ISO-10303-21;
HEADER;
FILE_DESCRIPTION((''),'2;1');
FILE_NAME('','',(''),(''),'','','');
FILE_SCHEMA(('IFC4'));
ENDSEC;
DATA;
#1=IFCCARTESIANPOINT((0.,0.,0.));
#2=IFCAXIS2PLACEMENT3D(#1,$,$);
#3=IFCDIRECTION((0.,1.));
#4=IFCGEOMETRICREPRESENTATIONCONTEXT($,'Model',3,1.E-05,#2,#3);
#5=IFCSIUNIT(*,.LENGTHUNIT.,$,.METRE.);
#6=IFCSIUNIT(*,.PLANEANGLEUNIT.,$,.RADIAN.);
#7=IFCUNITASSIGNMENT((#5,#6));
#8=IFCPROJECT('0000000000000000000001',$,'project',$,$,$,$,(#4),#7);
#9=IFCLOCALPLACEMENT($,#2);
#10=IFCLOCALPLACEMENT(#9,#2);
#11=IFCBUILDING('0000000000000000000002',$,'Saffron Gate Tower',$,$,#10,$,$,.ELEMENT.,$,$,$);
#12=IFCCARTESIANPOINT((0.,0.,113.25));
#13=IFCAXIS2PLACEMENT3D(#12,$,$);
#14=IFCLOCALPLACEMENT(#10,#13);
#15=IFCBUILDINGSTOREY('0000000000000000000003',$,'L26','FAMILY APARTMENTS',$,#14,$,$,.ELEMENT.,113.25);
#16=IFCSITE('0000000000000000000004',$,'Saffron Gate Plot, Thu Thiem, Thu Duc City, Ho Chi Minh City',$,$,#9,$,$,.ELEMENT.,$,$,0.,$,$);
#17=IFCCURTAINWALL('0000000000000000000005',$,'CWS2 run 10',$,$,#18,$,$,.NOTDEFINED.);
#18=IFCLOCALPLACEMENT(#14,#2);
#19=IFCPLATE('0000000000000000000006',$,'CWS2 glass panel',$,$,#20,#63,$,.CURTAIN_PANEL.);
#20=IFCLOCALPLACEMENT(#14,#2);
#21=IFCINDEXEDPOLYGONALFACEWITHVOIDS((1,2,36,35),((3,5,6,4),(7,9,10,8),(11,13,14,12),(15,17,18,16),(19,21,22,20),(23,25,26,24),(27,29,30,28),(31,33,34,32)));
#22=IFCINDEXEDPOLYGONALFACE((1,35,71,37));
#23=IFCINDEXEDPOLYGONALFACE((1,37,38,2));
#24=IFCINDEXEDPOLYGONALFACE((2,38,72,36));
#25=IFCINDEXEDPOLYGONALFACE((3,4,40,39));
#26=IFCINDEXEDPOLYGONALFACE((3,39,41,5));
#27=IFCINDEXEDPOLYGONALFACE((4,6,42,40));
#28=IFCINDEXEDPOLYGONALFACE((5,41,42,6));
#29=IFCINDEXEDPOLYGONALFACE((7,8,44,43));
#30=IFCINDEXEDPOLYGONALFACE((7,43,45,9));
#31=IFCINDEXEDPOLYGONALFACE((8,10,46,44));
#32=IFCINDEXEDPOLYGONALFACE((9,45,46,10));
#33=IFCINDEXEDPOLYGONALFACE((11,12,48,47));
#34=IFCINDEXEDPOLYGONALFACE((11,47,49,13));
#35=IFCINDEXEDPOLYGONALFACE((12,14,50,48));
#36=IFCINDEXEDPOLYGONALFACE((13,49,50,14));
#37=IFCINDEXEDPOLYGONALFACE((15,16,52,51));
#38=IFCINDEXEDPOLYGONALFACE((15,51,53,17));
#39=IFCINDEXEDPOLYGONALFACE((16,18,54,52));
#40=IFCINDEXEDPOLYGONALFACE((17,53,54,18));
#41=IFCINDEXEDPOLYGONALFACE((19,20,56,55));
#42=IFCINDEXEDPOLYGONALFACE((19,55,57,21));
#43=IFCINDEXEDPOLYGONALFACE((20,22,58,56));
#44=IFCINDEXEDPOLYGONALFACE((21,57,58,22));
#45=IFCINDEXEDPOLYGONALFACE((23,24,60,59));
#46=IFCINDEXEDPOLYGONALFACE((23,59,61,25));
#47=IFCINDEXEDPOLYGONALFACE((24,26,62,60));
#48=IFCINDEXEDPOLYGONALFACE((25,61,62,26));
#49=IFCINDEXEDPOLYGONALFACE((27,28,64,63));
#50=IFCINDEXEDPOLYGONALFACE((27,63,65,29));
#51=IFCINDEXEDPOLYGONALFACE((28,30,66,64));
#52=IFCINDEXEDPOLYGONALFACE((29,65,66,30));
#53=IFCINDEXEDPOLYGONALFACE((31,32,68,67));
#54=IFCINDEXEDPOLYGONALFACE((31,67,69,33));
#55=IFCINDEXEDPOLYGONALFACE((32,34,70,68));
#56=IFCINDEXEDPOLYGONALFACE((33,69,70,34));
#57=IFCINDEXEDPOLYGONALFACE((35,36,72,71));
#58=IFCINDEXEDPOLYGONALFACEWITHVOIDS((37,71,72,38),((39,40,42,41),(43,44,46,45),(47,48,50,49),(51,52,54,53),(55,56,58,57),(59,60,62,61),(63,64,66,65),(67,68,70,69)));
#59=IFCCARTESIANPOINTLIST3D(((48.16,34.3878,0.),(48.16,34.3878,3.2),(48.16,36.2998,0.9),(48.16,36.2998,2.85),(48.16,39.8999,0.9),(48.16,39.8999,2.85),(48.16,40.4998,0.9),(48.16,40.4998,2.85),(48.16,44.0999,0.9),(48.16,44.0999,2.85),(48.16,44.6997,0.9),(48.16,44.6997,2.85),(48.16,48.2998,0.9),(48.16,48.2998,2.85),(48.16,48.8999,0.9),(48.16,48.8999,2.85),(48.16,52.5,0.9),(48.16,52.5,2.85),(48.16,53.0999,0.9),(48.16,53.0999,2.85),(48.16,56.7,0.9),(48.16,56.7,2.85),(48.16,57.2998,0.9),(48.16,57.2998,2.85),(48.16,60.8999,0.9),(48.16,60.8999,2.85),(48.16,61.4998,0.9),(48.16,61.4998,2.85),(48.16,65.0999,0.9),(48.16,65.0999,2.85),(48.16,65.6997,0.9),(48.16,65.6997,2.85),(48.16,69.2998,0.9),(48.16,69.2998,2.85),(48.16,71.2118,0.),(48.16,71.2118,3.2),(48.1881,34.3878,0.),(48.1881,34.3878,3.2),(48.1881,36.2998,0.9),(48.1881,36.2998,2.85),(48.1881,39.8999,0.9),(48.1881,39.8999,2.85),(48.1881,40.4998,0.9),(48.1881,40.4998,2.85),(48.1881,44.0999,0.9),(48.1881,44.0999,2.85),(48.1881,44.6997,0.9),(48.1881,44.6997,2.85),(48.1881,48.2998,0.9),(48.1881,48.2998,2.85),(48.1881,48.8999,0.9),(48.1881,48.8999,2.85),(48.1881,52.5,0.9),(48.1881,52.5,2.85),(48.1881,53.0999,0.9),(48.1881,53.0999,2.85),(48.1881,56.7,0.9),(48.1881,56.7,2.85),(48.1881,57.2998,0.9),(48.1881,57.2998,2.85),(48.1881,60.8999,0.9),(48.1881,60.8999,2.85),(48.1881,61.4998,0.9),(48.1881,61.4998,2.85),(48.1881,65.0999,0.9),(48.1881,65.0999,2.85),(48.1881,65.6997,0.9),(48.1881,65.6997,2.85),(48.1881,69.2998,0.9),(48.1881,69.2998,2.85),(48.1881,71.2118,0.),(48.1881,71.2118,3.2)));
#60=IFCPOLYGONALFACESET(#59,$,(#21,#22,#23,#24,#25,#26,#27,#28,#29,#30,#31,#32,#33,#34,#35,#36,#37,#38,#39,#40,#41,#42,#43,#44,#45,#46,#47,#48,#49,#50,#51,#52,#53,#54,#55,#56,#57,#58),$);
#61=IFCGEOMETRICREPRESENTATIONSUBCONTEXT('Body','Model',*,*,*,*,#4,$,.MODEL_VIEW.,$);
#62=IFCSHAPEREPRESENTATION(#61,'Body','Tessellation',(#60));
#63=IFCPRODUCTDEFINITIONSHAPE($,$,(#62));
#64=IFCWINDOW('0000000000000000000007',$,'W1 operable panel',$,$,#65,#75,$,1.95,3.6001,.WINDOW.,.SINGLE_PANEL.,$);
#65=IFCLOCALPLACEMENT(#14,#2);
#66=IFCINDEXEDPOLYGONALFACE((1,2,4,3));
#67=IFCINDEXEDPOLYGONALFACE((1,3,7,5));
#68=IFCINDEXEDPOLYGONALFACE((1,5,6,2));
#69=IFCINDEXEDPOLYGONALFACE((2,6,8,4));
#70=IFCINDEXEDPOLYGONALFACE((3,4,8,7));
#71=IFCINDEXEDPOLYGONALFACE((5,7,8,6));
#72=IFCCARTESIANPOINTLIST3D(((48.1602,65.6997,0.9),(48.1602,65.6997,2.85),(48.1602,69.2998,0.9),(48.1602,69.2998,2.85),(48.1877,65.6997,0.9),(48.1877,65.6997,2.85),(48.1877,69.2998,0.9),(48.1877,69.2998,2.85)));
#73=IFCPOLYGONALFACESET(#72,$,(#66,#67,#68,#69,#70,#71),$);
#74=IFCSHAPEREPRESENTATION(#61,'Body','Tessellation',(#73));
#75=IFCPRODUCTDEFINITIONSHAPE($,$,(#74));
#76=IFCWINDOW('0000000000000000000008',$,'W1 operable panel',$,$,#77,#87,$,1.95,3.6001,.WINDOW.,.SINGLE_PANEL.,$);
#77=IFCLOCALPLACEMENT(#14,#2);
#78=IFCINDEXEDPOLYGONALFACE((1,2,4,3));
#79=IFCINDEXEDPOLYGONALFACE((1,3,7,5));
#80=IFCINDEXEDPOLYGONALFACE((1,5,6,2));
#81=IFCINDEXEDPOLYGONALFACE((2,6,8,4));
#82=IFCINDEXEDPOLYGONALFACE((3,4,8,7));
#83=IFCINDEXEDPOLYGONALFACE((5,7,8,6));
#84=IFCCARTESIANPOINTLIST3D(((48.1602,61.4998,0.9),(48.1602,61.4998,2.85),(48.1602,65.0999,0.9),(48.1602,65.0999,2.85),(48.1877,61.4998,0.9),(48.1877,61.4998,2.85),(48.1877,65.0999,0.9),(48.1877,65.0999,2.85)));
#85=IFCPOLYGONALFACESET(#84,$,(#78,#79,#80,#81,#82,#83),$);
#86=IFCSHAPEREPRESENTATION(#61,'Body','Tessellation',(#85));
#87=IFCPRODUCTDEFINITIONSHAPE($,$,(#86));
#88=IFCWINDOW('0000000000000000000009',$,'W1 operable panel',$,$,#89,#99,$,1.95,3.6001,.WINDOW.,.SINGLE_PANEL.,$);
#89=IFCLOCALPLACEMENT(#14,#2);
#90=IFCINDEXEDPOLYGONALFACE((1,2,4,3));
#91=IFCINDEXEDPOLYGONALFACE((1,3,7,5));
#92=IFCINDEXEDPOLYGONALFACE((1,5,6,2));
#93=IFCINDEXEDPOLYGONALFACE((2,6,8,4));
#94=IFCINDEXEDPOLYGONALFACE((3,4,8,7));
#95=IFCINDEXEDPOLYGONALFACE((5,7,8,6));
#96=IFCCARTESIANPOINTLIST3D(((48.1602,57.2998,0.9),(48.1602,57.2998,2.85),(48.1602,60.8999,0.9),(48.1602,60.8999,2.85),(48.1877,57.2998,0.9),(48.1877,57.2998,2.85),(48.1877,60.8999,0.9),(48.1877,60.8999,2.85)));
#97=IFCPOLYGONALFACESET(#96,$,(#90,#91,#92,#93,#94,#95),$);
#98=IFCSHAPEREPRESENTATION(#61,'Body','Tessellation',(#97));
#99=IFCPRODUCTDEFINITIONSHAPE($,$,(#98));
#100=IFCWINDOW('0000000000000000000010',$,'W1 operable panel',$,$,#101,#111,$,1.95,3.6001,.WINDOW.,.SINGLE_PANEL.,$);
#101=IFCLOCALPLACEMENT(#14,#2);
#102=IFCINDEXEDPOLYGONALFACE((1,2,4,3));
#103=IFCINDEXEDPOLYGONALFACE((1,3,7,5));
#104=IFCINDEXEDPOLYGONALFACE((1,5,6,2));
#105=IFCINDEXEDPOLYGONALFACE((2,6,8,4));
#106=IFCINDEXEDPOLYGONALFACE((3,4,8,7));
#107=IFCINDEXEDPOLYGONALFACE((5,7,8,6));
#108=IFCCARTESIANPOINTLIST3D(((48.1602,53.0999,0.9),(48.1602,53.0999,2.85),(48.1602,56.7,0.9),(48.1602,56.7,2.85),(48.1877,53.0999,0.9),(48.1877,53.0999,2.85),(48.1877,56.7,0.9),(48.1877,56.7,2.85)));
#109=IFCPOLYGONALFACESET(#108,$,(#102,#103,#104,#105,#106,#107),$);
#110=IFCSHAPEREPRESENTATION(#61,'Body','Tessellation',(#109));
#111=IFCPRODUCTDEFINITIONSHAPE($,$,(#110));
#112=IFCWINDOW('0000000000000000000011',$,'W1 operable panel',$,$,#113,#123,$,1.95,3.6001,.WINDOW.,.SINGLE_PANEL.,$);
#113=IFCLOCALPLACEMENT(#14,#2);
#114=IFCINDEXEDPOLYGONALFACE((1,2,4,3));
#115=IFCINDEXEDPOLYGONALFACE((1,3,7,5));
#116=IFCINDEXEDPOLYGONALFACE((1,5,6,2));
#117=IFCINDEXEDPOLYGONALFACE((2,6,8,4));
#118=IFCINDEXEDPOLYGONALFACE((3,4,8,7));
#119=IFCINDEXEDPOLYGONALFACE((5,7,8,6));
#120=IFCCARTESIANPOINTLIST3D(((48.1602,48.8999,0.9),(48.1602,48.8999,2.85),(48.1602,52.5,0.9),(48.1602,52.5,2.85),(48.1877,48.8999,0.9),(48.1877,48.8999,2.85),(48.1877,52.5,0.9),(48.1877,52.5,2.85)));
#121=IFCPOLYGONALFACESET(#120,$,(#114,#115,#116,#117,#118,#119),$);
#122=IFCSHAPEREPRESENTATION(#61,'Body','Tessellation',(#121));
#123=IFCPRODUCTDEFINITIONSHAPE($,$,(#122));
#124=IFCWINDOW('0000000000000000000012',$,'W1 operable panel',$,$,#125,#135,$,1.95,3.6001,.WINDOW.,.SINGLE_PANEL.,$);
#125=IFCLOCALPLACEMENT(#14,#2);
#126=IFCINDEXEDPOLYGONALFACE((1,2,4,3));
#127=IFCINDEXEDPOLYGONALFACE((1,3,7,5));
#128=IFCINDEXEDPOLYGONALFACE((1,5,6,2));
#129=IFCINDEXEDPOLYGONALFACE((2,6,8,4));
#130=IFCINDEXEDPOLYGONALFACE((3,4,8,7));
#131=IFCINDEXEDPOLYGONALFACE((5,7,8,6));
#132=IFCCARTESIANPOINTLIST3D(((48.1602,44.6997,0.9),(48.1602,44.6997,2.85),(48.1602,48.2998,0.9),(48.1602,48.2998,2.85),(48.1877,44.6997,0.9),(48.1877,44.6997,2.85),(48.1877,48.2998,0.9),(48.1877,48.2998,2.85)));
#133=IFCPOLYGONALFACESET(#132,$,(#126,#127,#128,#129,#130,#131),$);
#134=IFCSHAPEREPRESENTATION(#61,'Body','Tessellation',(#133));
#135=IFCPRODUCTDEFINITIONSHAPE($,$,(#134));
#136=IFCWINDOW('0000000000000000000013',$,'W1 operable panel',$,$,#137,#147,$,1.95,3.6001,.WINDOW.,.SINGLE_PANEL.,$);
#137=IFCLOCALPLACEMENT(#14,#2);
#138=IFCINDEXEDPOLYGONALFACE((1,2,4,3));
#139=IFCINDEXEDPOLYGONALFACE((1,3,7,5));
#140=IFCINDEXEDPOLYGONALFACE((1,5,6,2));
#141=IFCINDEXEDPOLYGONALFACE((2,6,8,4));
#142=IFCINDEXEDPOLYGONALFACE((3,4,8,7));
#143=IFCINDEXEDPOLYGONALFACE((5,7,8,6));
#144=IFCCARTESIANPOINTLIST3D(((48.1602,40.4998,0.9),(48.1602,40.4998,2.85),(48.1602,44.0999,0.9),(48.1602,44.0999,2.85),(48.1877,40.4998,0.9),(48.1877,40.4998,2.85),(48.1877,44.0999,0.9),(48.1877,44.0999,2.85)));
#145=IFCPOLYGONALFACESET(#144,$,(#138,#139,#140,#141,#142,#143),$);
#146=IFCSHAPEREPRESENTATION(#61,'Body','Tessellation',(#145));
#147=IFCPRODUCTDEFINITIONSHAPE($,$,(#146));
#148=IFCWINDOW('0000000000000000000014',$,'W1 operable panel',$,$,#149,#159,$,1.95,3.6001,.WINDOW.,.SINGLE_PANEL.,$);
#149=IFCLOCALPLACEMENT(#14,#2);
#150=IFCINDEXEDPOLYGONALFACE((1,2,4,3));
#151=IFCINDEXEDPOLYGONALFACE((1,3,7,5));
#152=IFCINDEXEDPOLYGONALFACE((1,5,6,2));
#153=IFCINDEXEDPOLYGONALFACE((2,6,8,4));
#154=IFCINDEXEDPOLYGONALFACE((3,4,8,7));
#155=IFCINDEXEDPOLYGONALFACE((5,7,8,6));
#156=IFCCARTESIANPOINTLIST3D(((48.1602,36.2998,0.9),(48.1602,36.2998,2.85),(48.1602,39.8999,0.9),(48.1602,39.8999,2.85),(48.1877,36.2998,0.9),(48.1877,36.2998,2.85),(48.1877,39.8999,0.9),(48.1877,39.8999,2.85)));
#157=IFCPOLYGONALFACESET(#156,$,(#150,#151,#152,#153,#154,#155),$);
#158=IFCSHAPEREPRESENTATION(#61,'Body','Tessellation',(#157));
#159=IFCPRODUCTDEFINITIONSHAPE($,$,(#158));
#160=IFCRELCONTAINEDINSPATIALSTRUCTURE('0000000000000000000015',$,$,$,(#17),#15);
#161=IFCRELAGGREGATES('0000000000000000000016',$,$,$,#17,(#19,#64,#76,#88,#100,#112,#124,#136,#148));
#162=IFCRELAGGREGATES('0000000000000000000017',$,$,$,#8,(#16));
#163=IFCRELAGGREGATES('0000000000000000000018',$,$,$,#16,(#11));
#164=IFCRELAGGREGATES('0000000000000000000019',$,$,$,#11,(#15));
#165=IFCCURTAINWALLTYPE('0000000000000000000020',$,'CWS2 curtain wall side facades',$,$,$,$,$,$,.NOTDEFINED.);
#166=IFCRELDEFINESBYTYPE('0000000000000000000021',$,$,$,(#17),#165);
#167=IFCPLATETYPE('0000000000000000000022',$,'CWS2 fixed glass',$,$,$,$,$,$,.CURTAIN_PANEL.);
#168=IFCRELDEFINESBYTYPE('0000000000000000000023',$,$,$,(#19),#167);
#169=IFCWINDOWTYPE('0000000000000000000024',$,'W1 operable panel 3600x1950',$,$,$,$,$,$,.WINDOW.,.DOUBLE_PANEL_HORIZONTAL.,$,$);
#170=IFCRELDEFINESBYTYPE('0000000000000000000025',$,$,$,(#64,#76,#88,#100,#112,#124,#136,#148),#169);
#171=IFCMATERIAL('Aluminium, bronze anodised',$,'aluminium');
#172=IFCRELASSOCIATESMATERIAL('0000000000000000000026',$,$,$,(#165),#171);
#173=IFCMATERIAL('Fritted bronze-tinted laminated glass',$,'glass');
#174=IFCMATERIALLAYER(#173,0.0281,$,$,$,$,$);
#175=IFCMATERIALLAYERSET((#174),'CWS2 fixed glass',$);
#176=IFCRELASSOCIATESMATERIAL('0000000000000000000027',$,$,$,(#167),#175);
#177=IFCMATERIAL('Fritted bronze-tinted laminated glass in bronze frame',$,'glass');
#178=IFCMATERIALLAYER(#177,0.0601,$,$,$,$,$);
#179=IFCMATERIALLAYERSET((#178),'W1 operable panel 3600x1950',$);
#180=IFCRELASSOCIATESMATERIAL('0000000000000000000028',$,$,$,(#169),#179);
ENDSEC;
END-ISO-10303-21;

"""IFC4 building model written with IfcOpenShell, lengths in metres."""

from ifc_helpers import new_model, si_unit, direction, frame, frame_2d, origin, place, context, subcontext, project, spatial, rectangle, extrude, material, layer, layer_set, type_object, element, fill, aggregate, save


model = new_model("IFC4")

# Units and contexts
model_context = context("Model", 3, precision=1e-05, world=origin(), true_north=direction((0.0, 1.0)))
body_context = subcontext(model_context, "Body", "Model", "MODEL_VIEW")
ifc_project = project(units=[si_unit("LENGTHUNIT", "METRE"), si_unit("PLANEANGLEUNIT", "RADIAN")], contexts=[model_context])

# Site, building, storey
site_placement = place(None, origin())
site = spatial("IfcSite", under=ifc_project, at=site_placement, Name="Saffron Gate Plot, Thu Thiem, Thu Duc City, Ho Chi Minh City", CompositionType="ELEMENT", RefElevation=0.0)
building_placement = place(site_placement, origin())
building = spatial("IfcBuilding", under=site, at=building_placement, Name="Saffron Gate Tower", CompositionType="ELEMENT")
storey_placement = place(building_placement, frame((0.0, 0.0, 113.25)))
storey = spatial("IfcBuildingStorey", under=building, at=storey_placement, Name="L26", Description="FAMILY APARTMENTS", CompositionType="ELEMENT", Elevation=113.25)

# Curtain wall
ifc_material_1 = material(Name="Aluminium, bronze anodised", Category="aluminium")
curtain_wall_type_1 = type_object("IfcCurtainWallType", Name="CWS2 curtain wall side facades", PredefinedType="NOTDEFINED", material=ifc_material_1)
curtain_wall_1_placement = place(storey_placement, origin())
curtain_wall_1 = element("IfcCurtainWall", 1, at=curtain_wall_1_placement, inside=storey, type_object=curtain_wall_type_1, Name="CWS2 run 10", PredefinedType="NOTDEFINED")

# Plate, openings, windows
ifc_material_2 = material(Name="Fritted bronze-tinted laminated glass", Category="glass")
ifc_layer_1 = layer(ifc_material_2, 0.0281)
ifc_layer_set_1 = layer_set([ifc_layer_1], Name="CWS2 fixed glass")
plate_type_1 = type_object("IfcPlateType", Name="CWS2 fixed glass", PredefinedType="CURTAIN_PANEL", material=ifc_layer_set_1)
plate_1_placement = place(storey_placement, frame((48.1741, 71.2119, 0.0), z_axis=(0.0, 0.0, 1.0), x_axis=(0.0, -1.0, 0.0)))
plate_1 = element("IfcPlate", 2, at=plate_1_placement, type_object=plate_type_1, Name="CWS2 glass panel", PredefinedType="CURTAIN_PANEL", context=body_context, shape_type="SweptSolid", body=[
    extrude(rectangle(XDim=36.824, YDim=0.0281, at=frame_2d((18.4121, 0.0))), origin(), (0.0, 0.0, 1.0), 3.2),
])
opening_1_placement = place(plate_1_placement, frame((1.9121, 0.0, 0.8999)))
opening_1 = element("IfcOpeningElement", 3, at=opening_1_placement, cuts=plate_1, PredefinedType="OPENING", context=body_context, shape_type="SweptSolid", body=[
    extrude(rectangle(XDim=3.6001, YDim=1.95, at=frame_2d((1.8, 0.9751))), frame((0.0, 0.0239, 0.0), z_axis=(0.0, -1.0, 0.0), x_axis=(1.0, 0.0, 0.0)), (0.0, 0.0, 1.0), 0.0481),
])
opening_2_placement = place(plate_1_placement, frame((6.1121, 0.0, 0.8999)))
opening_2 = element("IfcOpeningElement", 4, at=opening_2_placement, cuts=plate_1, PredefinedType="OPENING", context=body_context, shape_type="SweptSolid", body=[
    extrude(rectangle(XDim=3.6001, YDim=1.95, at=frame_2d((1.8, 0.9751))), frame((0.0, 0.0239, 0.0), z_axis=(0.0, -1.0, 0.0), x_axis=(1.0, 0.0, 0.0)), (0.0, 0.0, 1.0), 0.0481),
])
opening_3_placement = place(plate_1_placement, frame((10.312, 0.0, 0.8999)))
opening_3 = element("IfcOpeningElement", 5, at=opening_3_placement, cuts=plate_1, PredefinedType="OPENING", context=body_context, shape_type="SweptSolid", body=[
    extrude(rectangle(XDim=3.6001, YDim=1.95, at=frame_2d((1.8, 0.9751))), frame((0.0, 0.0239, 0.0), z_axis=(0.0, -1.0, 0.0), x_axis=(1.0, 0.0, 0.0)), (0.0, 0.0, 1.0), 0.0481),
])
opening_4_placement = place(plate_1_placement, frame((14.512, 0.0, 0.8999)))
opening_4 = element("IfcOpeningElement", 6, at=opening_4_placement, cuts=plate_1, PredefinedType="OPENING", context=body_context, shape_type="SweptSolid", body=[
    extrude(rectangle(XDim=3.6001, YDim=1.95, at=frame_2d((1.8, 0.9751))), frame((0.0, 0.0239, 0.0), z_axis=(0.0, -1.0, 0.0), x_axis=(1.0, 0.0, 0.0)), (0.0, 0.0, 1.0), 0.0481),
])
opening_5_placement = place(plate_1_placement, frame((18.7119, 0.0, 0.8999)))
opening_5 = element("IfcOpeningElement", 7, at=opening_5_placement, cuts=plate_1, PredefinedType="OPENING", context=body_context, shape_type="SweptSolid", body=[
    extrude(rectangle(XDim=3.6001, YDim=1.95, at=frame_2d((1.8, 0.9751))), frame((0.0, 0.0239, 0.0), z_axis=(0.0, -1.0, 0.0), x_axis=(1.0, 0.0, 0.0)), (0.0, 0.0, 1.0), 0.0481),
])
opening_6_placement = place(plate_1_placement, frame((22.9121, 0.0, 0.8999)))
opening_6 = element("IfcOpeningElement", 8, at=opening_6_placement, cuts=plate_1, PredefinedType="OPENING", context=body_context, shape_type="SweptSolid", body=[
    extrude(rectangle(XDim=3.6001, YDim=1.95, at=frame_2d((1.8, 0.9751))), frame((0.0, 0.0239, 0.0), z_axis=(0.0, -1.0, 0.0), x_axis=(1.0, 0.0, 0.0)), (0.0, 0.0, 1.0), 0.0481),
])
opening_7_placement = place(plate_1_placement, frame((27.1121, 0.0, 0.8999)))
opening_7 = element("IfcOpeningElement", 9, at=opening_7_placement, cuts=plate_1, PredefinedType="OPENING", context=body_context, shape_type="SweptSolid", body=[
    extrude(rectangle(XDim=3.6001, YDim=1.95, at=frame_2d((1.8, 0.9751))), frame((0.0, 0.0239, 0.0), z_axis=(0.0, -1.0, 0.0), x_axis=(1.0, 0.0, 0.0)), (0.0, 0.0, 1.0), 0.0481),
])
opening_8_placement = place(plate_1_placement, frame((31.312, 0.0, 0.8999)))
opening_8 = element("IfcOpeningElement", 10, at=opening_8_placement, cuts=plate_1, PredefinedType="OPENING", context=body_context, shape_type="SweptSolid", body=[
    extrude(rectangle(XDim=3.6001, YDim=1.95, at=frame_2d((1.8, 0.9751))), frame((0.0, 0.0239, 0.0), z_axis=(0.0, -1.0, 0.0), x_axis=(1.0, 0.0, 0.0)), (0.0, 0.0, 1.0), 0.0481),
])
ifc_material_3 = material(Name="Fritted bronze-tinted laminated glass in bronze frame", Category="glass")
ifc_layer_2 = layer(ifc_material_3, 0.0601)
ifc_layer_set_2 = layer_set([ifc_layer_2], Name="W1 operable panel 3600x1950")
window_type = type_object("IfcWindowType", Name="W1 operable panel 3600x1950", PartitioningType="DOUBLE_PANEL_HORIZONTAL", PredefinedType="WINDOW", material=ifc_layer_set_2)
window_1_placement = place(opening_1_placement, origin())
window_1 = element("IfcWindow", 11, at=window_1_placement, type_object=window_type, Name="W1 operable panel", OverallHeight=1.95, OverallWidth=3.6001, PartitioningType="SINGLE_PANEL", PredefinedType="WINDOW", context=body_context, shape_type="SweptSolid", body=[
    extrude(rectangle(XDim=3.6001, YDim=1.95, at=frame_2d((1.8, 0.9751))), frame((0.0, 0.0137, 0.0), z_axis=(0.0, -1.0, 0.0), x_axis=(1.0, 0.0, 0.0)), (0.0, 0.0, 1.0), 0.0276),
])
fill(opening_1, window_1)
window_2_placement = place(opening_2_placement, origin())
window_2 = element("IfcWindow", 12, at=window_2_placement, type_object=window_type, Name="W1 operable panel", OverallHeight=1.95, OverallWidth=3.6001, PartitioningType="SINGLE_PANEL", PredefinedType="WINDOW", context=body_context, shape_type="SweptSolid", body=[
    extrude(rectangle(XDim=3.6001, YDim=1.95, at=frame_2d((1.8, 0.9751))), frame((0.0, 0.0137, 0.0), z_axis=(0.0, -1.0, 0.0), x_axis=(1.0, 0.0, 0.0)), (0.0, 0.0, 1.0), 0.0276),
])
fill(opening_2, window_2)
window_3_placement = place(opening_3_placement, origin())
window_3 = element("IfcWindow", 13, at=window_3_placement, type_object=window_type, Name="W1 operable panel", OverallHeight=1.95, OverallWidth=3.6001, PartitioningType="SINGLE_PANEL", PredefinedType="WINDOW", context=body_context, shape_type="SweptSolid", body=[
    extrude(rectangle(XDim=3.6001, YDim=1.95, at=frame_2d((1.8, 0.9751))), frame((0.0, 0.0137, 0.0), z_axis=(0.0, -1.0, 0.0), x_axis=(1.0, 0.0, 0.0)), (0.0, 0.0, 1.0), 0.0276),
])
fill(opening_3, window_3)
window_4_placement = place(opening_4_placement, origin())
window_4 = element("IfcWindow", 14, at=window_4_placement, type_object=window_type, Name="W1 operable panel", OverallHeight=1.95, OverallWidth=3.6001, PartitioningType="SINGLE_PANEL", PredefinedType="WINDOW", context=body_context, shape_type="SweptSolid", body=[
    extrude(rectangle(XDim=3.6001, YDim=1.95, at=frame_2d((1.8, 0.9751))), frame((0.0, 0.0137, 0.0), z_axis=(0.0, -1.0, 0.0), x_axis=(1.0, 0.0, 0.0)), (0.0, 0.0, 1.0), 0.0276),
])
fill(opening_4, window_4)
window_5_placement = place(opening_5_placement, origin())
window_5 = element("IfcWindow", 15, at=window_5_placement, type_object=window_type, Name="W1 operable panel", OverallHeight=1.95, OverallWidth=3.6001, PartitioningType="SINGLE_PANEL", PredefinedType="WINDOW", context=body_context, shape_type="SweptSolid", body=[
    extrude(rectangle(XDim=3.6001, YDim=1.95, at=frame_2d((1.8, 0.9751))), frame((0.0, 0.0137, 0.0), z_axis=(0.0, -1.0, 0.0), x_axis=(1.0, 0.0, 0.0)), (0.0, 0.0, 1.0), 0.0276),
])
fill(opening_5, window_5)
window_6_placement = place(opening_6_placement, origin())
window_6 = element("IfcWindow", 16, at=window_6_placement, type_object=window_type, Name="W1 operable panel", OverallHeight=1.95, OverallWidth=3.6001, PartitioningType="SINGLE_PANEL", PredefinedType="WINDOW", context=body_context, shape_type="SweptSolid", body=[
    extrude(rectangle(XDim=3.6001, YDim=1.95, at=frame_2d((1.8, 0.9751))), frame((0.0, 0.0137, 0.0), z_axis=(0.0, -1.0, 0.0), x_axis=(1.0, 0.0, 0.0)), (0.0, 0.0, 1.0), 0.0276),
])
fill(opening_6, window_6)
window_7_placement = place(opening_7_placement, origin())
window_7 = element("IfcWindow", 17, at=window_7_placement, type_object=window_type, Name="W1 operable panel", OverallHeight=1.95, OverallWidth=3.6001, PartitioningType="SINGLE_PANEL", PredefinedType="WINDOW", context=body_context, shape_type="SweptSolid", body=[
    extrude(rectangle(XDim=3.6001, YDim=1.95, at=frame_2d((1.8, 0.9751))), frame((0.0, 0.0137, 0.0), z_axis=(0.0, -1.0, 0.0), x_axis=(1.0, 0.0, 0.0)), (0.0, 0.0, 1.0), 0.0276),
])
fill(opening_7, window_7)
window_8_placement = place(opening_8_placement, origin())
window_8 = element("IfcWindow", 18, at=window_8_placement, type_object=window_type, Name="W1 operable panel", OverallHeight=1.95, OverallWidth=3.6001, PartitioningType="SINGLE_PANEL", PredefinedType="WINDOW", context=body_context, shape_type="SweptSolid", body=[
    extrude(rectangle(XDim=3.6001, YDim=1.95, at=frame_2d((1.8, 0.9751))), frame((0.0, 0.0137, 0.0), z_axis=(0.0, -1.0, 0.0), x_axis=(1.0, 0.0, 0.0)), (0.0, 0.0, 1.0), 0.0276),
])
fill(opening_8, window_8)
aggregate(curtain_wall_1, [plate_1, window_1, window_2, window_3, window_4, window_5, window_6, window_7, window_8])

save(model, "model.ifc")
